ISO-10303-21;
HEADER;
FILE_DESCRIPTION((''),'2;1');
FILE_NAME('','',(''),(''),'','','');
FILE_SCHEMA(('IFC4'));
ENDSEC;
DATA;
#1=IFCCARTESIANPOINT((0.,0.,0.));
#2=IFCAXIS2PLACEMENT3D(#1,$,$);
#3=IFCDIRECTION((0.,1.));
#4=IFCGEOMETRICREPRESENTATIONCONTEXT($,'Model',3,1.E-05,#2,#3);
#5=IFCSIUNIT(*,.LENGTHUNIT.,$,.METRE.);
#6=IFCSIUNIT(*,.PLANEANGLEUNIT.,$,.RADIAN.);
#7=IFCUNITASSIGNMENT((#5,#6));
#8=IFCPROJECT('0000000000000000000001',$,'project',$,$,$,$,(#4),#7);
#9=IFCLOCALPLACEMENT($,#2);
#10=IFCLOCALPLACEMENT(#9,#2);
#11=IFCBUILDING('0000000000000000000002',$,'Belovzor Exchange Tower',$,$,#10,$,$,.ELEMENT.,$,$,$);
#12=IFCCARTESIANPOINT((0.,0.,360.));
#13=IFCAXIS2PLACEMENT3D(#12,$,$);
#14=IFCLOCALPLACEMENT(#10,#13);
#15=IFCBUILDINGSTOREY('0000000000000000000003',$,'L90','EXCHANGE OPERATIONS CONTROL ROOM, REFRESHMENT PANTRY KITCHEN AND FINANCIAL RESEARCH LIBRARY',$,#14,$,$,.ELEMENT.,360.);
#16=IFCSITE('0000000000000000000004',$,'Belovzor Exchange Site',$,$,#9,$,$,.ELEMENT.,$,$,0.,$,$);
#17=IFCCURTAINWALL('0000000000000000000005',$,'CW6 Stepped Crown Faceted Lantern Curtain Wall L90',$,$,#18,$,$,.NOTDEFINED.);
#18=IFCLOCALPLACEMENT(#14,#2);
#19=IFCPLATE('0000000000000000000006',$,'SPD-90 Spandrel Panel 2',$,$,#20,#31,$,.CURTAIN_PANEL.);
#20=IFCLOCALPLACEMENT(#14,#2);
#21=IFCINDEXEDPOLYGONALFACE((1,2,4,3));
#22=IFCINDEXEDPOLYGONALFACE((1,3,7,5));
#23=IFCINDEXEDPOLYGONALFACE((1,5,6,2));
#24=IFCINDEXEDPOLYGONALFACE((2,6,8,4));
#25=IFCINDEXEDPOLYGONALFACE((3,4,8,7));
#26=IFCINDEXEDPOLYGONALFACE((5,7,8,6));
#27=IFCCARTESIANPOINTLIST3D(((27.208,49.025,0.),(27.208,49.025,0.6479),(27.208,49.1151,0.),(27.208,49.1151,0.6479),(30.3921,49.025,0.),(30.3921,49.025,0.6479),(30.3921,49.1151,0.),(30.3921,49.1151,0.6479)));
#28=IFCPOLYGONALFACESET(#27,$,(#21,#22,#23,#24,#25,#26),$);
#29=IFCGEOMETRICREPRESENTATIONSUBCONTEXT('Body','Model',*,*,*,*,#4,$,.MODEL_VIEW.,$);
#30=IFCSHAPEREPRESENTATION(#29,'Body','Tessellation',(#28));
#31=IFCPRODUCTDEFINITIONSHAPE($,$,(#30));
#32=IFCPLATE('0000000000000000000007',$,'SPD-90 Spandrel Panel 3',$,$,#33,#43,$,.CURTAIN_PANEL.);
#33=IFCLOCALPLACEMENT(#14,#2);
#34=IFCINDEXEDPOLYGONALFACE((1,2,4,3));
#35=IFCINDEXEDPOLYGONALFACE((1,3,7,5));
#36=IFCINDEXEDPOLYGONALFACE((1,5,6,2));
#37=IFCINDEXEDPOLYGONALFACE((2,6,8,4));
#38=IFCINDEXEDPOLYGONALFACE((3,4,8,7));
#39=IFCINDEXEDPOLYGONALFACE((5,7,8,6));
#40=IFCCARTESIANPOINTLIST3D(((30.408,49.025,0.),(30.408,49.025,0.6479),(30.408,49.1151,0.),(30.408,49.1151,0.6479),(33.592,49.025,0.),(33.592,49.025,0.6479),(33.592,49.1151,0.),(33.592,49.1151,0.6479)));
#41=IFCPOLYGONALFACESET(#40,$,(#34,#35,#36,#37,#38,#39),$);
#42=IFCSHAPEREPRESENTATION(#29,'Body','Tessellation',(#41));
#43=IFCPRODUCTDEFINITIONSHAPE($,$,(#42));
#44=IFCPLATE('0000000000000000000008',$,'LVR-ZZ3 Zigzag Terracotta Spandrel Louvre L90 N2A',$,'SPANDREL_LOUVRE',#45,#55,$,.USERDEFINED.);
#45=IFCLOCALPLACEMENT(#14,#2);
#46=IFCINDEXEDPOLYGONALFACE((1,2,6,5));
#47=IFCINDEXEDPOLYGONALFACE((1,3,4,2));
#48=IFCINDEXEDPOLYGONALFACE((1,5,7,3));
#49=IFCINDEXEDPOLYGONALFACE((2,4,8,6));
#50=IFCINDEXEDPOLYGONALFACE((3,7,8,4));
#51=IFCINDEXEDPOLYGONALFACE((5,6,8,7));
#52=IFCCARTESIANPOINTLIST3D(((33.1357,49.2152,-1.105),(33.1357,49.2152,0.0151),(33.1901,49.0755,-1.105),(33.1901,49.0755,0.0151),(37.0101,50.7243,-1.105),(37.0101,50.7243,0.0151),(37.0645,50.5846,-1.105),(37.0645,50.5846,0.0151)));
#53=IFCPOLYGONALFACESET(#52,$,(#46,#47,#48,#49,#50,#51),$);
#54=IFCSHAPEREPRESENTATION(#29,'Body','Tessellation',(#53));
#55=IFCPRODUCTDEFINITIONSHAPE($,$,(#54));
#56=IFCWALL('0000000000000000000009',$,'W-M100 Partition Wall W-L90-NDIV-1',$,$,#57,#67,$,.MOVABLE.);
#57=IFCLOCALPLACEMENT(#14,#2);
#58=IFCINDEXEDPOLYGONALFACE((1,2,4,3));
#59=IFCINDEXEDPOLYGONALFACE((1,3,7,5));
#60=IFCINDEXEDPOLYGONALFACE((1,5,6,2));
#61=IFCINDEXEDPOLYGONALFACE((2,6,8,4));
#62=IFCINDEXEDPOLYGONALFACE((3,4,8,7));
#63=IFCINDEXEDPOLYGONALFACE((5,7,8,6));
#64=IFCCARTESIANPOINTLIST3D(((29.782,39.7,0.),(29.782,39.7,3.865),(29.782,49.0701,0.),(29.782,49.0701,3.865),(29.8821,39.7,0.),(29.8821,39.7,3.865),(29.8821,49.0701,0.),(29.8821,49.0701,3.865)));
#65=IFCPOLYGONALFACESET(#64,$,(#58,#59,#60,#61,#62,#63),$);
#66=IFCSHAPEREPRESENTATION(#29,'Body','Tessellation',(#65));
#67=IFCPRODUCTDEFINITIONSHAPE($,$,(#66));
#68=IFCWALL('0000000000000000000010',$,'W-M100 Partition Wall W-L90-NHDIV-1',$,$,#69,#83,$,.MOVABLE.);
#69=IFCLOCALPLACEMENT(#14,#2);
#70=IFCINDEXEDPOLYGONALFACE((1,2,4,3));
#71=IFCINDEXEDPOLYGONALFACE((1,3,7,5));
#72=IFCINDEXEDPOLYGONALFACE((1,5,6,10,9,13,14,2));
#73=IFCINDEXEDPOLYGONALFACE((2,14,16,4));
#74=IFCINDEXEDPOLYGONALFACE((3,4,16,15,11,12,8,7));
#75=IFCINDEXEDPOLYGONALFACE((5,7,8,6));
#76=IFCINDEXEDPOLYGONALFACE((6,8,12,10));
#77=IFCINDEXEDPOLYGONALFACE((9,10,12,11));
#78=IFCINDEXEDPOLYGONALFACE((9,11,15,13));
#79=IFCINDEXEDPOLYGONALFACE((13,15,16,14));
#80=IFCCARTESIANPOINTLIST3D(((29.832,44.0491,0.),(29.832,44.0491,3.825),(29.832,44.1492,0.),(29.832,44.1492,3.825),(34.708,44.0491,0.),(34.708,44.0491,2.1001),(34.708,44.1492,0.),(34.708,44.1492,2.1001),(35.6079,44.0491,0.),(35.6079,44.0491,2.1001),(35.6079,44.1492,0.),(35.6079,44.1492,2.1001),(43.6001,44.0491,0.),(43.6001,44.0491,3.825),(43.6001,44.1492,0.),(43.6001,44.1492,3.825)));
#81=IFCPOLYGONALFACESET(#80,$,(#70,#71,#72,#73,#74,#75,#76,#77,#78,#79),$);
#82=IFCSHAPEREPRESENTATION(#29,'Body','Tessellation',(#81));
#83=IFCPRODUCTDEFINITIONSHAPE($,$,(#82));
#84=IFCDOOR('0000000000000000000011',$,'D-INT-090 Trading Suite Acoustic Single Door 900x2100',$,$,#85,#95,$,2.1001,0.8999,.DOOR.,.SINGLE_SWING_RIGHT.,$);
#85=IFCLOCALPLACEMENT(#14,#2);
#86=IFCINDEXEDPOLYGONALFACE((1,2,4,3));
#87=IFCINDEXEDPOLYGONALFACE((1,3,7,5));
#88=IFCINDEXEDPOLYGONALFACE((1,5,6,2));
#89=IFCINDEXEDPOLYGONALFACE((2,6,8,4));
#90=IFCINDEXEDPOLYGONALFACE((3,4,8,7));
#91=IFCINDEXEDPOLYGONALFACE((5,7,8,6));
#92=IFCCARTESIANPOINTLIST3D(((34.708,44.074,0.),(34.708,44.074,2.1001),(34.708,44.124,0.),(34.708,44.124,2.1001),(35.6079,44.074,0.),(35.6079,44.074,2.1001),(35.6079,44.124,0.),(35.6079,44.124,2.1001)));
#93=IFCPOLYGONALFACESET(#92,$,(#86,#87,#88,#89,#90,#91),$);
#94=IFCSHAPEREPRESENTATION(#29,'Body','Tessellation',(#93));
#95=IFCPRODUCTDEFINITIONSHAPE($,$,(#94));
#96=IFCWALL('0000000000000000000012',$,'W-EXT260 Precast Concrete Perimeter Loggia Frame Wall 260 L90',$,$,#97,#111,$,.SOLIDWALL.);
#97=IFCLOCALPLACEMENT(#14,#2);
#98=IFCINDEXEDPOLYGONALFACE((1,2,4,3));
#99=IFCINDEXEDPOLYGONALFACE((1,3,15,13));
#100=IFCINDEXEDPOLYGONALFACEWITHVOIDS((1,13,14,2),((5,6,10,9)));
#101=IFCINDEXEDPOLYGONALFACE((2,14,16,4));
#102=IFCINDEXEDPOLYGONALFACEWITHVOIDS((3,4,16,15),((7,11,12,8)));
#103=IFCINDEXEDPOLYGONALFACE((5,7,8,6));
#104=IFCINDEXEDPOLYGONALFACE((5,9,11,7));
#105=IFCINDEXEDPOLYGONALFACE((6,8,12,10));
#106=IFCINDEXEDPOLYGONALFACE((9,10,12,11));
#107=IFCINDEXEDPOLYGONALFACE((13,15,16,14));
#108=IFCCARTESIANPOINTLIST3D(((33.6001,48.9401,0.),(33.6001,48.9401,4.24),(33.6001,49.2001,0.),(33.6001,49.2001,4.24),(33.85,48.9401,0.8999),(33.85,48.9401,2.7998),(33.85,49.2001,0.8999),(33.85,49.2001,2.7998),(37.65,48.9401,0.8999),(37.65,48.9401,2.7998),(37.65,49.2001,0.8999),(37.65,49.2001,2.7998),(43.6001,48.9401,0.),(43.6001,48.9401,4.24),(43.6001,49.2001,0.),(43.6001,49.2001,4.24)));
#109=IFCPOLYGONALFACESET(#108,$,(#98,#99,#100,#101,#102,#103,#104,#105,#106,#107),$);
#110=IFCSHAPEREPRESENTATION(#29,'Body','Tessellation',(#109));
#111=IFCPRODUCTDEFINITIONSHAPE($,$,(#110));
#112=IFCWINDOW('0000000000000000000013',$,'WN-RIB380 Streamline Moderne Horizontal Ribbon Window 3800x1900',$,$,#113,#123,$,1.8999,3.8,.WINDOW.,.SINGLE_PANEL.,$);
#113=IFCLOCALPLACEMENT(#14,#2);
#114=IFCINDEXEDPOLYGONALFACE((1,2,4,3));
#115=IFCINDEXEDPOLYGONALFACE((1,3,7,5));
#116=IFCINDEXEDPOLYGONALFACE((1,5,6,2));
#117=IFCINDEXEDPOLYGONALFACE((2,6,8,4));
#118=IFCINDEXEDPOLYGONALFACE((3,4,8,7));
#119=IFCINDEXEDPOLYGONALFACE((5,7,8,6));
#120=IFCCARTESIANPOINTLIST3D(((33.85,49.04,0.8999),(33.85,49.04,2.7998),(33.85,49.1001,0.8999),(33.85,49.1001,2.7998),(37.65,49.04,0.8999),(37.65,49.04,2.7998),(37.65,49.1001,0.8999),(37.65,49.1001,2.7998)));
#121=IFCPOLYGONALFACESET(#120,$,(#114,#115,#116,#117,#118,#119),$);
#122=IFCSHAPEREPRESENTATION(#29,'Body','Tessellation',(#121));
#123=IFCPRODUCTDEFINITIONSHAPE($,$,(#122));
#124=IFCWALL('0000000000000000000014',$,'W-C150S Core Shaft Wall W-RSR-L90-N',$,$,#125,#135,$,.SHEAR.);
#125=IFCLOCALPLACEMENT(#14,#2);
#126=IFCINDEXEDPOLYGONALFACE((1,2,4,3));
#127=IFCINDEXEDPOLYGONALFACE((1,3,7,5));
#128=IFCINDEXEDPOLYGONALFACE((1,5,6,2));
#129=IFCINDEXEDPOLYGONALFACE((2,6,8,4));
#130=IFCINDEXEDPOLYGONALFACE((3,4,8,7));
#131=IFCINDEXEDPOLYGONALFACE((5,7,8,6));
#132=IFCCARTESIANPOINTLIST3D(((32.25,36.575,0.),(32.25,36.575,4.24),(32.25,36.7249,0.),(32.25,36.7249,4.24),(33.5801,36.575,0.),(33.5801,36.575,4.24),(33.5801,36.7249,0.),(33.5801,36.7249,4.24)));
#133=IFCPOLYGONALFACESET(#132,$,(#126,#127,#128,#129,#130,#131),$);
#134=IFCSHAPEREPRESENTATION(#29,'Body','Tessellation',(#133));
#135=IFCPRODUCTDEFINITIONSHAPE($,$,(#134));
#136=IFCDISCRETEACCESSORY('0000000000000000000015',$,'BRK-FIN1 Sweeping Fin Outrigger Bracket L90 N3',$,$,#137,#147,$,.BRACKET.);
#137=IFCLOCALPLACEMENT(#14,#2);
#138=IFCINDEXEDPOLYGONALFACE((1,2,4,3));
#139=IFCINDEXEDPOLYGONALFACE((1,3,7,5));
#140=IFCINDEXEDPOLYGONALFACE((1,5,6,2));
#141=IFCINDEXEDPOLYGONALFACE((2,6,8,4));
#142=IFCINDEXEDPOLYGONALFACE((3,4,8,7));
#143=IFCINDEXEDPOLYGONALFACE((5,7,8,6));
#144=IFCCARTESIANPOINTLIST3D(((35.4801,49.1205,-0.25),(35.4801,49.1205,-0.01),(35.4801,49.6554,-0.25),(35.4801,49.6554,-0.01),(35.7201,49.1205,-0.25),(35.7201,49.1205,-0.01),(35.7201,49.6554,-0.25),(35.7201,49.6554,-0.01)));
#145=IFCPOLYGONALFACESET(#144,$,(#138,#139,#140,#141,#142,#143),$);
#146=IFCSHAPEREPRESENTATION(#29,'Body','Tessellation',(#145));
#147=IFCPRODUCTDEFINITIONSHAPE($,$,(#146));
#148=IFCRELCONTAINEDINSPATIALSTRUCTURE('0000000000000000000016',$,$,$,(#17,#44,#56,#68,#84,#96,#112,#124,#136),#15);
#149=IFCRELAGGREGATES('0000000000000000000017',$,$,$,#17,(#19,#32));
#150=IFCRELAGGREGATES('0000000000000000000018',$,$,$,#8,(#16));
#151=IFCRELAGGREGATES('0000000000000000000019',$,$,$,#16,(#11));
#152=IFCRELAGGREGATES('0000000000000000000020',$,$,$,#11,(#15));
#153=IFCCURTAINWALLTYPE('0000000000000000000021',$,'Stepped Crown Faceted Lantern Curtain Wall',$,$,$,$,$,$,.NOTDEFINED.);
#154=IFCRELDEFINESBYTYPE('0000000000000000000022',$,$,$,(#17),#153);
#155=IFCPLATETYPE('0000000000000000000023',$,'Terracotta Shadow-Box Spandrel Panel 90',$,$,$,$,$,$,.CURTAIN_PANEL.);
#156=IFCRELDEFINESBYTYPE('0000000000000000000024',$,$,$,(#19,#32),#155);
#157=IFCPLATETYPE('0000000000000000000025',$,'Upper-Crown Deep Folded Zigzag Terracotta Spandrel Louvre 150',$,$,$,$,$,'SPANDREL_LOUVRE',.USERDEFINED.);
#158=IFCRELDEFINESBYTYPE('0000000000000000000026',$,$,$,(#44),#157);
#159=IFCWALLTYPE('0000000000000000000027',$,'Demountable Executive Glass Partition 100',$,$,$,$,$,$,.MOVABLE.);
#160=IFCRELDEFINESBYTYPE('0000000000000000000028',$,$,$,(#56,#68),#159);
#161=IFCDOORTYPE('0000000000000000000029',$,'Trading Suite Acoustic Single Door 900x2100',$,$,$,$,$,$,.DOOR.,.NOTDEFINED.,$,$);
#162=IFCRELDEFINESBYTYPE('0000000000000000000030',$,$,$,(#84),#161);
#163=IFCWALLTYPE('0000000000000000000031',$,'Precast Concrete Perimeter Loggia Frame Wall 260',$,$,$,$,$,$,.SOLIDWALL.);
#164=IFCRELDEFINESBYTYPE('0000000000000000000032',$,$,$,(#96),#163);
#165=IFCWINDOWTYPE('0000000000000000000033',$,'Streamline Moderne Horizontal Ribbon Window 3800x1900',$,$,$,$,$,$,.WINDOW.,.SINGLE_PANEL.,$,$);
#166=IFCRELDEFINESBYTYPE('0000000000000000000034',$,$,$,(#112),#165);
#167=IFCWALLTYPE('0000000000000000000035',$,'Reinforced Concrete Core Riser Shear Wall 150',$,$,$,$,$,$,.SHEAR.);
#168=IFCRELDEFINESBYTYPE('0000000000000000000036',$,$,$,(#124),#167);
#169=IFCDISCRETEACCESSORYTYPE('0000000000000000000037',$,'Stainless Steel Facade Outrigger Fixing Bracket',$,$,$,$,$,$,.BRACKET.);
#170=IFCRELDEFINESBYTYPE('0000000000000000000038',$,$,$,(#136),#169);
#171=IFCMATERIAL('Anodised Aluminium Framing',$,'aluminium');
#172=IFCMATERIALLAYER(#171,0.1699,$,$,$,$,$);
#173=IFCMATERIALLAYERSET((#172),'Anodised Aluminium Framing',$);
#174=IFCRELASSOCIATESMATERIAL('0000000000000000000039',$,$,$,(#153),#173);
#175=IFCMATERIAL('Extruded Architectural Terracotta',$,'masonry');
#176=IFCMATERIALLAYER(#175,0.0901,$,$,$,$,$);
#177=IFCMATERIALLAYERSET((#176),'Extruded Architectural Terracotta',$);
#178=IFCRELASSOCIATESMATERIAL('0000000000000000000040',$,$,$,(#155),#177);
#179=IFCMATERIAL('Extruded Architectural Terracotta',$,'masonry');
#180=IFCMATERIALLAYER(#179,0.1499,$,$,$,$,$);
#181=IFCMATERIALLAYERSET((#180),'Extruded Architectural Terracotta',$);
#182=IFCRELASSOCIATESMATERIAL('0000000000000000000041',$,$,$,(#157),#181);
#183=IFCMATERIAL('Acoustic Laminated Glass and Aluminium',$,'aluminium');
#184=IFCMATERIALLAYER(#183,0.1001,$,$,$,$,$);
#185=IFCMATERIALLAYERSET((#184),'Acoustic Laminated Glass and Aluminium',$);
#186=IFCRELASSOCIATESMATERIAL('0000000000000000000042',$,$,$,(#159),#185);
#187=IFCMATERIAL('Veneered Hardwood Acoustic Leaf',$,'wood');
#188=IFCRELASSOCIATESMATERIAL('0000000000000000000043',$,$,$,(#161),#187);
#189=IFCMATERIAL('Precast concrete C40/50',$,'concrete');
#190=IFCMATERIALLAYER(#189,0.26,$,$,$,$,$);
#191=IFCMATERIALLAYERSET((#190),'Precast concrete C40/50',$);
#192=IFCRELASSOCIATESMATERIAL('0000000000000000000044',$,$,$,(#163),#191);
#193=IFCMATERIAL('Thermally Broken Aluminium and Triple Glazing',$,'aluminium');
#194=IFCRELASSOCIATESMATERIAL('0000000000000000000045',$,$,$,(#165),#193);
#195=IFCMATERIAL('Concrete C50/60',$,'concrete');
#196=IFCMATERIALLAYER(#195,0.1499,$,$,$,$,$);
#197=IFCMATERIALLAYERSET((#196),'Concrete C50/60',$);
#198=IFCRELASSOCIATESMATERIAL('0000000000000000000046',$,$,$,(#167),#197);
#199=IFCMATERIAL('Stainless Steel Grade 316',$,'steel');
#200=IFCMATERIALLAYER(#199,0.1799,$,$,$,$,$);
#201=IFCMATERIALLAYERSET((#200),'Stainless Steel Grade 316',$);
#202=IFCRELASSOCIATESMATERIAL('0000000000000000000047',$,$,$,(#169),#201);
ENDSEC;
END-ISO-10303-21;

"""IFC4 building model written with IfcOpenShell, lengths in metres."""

from ifc_helpers import new_model, si_unit, direction, frame, frame_2d, origin, origin_2d, place, context, subcontext, project, spatial, rectangle, extrude, material, layer, layer_set, type_object, element, fill, aggregate, save


model = new_model("IFC4")

# Units and contexts
model_context = context("Model", 3, precision=1e-05, world=origin(), true_north=direction((0.0, 1.0)))
body_context = subcontext(model_context, "Body", "Model", "MODEL_VIEW")
ifc_project = project(units=[si_unit("LENGTHUNIT", "METRE"), si_unit("PLANEANGLEUNIT", "RADIAN")], contexts=[model_context])

# Site, building, storey
site_placement = place(None, origin())
site = spatial("IfcSite", under=ifc_project, at=site_placement, Name="Belovzor Exchange Site", CompositionType="ELEMENT", RefElevation=0.0)
building_placement = place(site_placement, origin())
building = spatial("IfcBuilding", under=site, at=building_placement, Name="Belovzor Exchange Tower", CompositionType="ELEMENT")
storey_placement = place(building_placement, frame((0.0, 0.0, 360.0)))
storey = spatial("IfcBuildingStorey", under=building, at=storey_placement, Name="L90", Description="EXCHANGE OPERATIONS CONTROL ROOM, REFRESHMENT PANTRY KITCHEN AND FINANCIAL RESEARCH LIBRARY", CompositionType="ELEMENT", Elevation=360.0)

# Curtain wall
ifc_material_1 = material(Name="Anodised Aluminium Framing", Category="aluminium")
ifc_layer_1 = layer(ifc_material_1, 0.1699)
ifc_layer_set_1 = layer_set([ifc_layer_1], Name="Anodised Aluminium Framing")
curtain_wall_type = type_object("IfcCurtainWallType", Name="Stepped Crown Faceted Lantern Curtain Wall", PredefinedType="NOTDEFINED", material=ifc_layer_set_1)
curtain_wall_placement = place(storey_placement, origin())
curtain_wall = element("IfcCurtainWall", 1, at=curtain_wall_placement, inside=storey, type_object=curtain_wall_type, Name="CW6 Stepped Crown Faceted Lantern Curtain Wall L90", PredefinedType="NOTDEFINED")

# Plates
ifc_material_2 = material(Name="Extruded Architectural Terracotta", Category="masonry")
ifc_layer_2 = layer(ifc_material_2, 0.0901)
ifc_layer_set_2 = layer_set([ifc_layer_2], Name="Extruded Architectural Terracotta")
plate_type_1 = type_object("IfcPlateType", Name="Terracotta Shadow-Box Spandrel Panel 90", PredefinedType="CURTAIN_PANEL", material=ifc_layer_set_2)
plate_1_placement = place(storey_placement, frame((28.8, 49.0701, 0.0), z_axis=(0.0, 0.0, 1.0), x_axis=(1.0, 0.0, 0.0)))
plate_1 = element("IfcPlate", 2, at=plate_1_placement, type_object=plate_type_1, Name="SPD-90 Spandrel Panel 2", PredefinedType="CURTAIN_PANEL", context=body_context, shape_type="SweptSolid", body=[
    extrude(rectangle(XDim=3.1841, YDim=0.0901, at=origin_2d()), origin(), (0.0, 0.0, 1.0), 0.6479),
])
plate_2_placement = place(storey_placement, frame((32.0, 49.0701, 0.0), z_axis=(0.0, 0.0, 1.0), x_axis=(1.0, 0.0, 0.0)))
plate_2 = element("IfcPlate", 3, at=plate_2_placement, type_object=plate_type_1, Name="SPD-90 Spandrel Panel 3", PredefinedType="CURTAIN_PANEL", context=body_context, shape_type="SweptSolid", body=[
    extrude(rectangle(XDim=3.1841, YDim=0.0901, at=origin_2d()), origin(), (0.0, 0.0, 1.0), 0.6479),
])
aggregate(curtain_wall, [plate_1, plate_2])
ifc_material_3 = material(Name="Extruded Architectural Terracotta", Category="masonry")
ifc_layer_3 = layer(ifc_material_3, 0.1499)
ifc_layer_set_3 = layer_set([ifc_layer_3], Name="Extruded Architectural Terracotta")
plate_type_2 = type_object("IfcPlateType", Name="Upper-Crown Deep Folded Zigzag Terracotta Spandrel Louvre 150", ElementType="SPANDREL_LOUVRE", PredefinedType="USERDEFINED", material=ifc_layer_set_3)
plate_3_placement = place(storey_placement, frame((35.1001, 49.8999, -1.105), z_axis=(0.0, 0.0, 1.0), x_axis=(0.931818, 0.362926, 0.0)))
element("IfcPlate", 4, at=plate_3_placement, inside=storey, type_object=plate_type_2, Name="LVR-ZZ3 Zigzag Terracotta Spandrel Louvre L90 N2A", ObjectType="SPANDREL_LOUVRE", PredefinedType="USERDEFINED", context=body_context, shape_type="SweptSolid", body=[
    extrude(rectangle(XDim=4.158, YDim=0.1499, at=origin_2d()), origin(), (0.0, 0.0, 1.0), 1.1201),
])

# Wall
ifc_material_4 = material(Name="Acoustic Laminated Glass and Aluminium", Category="aluminium")
ifc_layer_4 = layer(ifc_material_4, 0.1001)
ifc_layer_set_4 = layer_set([ifc_layer_4], Name="Acoustic Laminated Glass and Aluminium")
wall_type_1 = type_object("IfcWallType", Name="Demountable Executive Glass Partition 100", PredefinedType="MOVABLE", material=ifc_layer_set_4)
wall_1_placement = place(storey_placement, frame((29.832, 39.7, 0.0), z_axis=(0.0, 0.0, 1.0), x_axis=(0.0, 1.0, 0.0)))
element("IfcWall", 5, at=wall_1_placement, inside=storey, type_object=wall_type_1, Name="W-M100 Partition Wall W-L90-NDIV-1", PredefinedType="MOVABLE", context=body_context, shape_type="SweptSolid", body=[
    extrude(rectangle(XDim=9.3701, YDim=0.1001, at=frame_2d((4.6851, 0.0))), origin(), (0.0, 0.0, 1.0), 3.865),
])

# Wall, opening, door
wall_2_placement = place(storey_placement, frame((29.832, 44.0991, 0.0), z_axis=(0.0, 0.0, 1.0), x_axis=(1.0, 0.0, 0.0)))
wall_2 = element("IfcWall", 6, at=wall_2_placement, inside=storey, type_object=wall_type_1, Name="W-M100 Partition Wall W-L90-NHDIV-1", PredefinedType="MOVABLE", context=body_context, shape_type="SweptSolid", body=[
    extrude(rectangle(XDim=13.7681, YDim=0.1001, at=frame_2d((6.884, 0.0))), origin(), (0.0, 0.0, 1.0), 3.825),
])
opening_1_placement = place(wall_2_placement, frame((4.876, 0.0, 0.0)))
opening_1 = element("IfcOpeningElement", 7, at=opening_1_placement, cuts=wall_2, PredefinedType="OPENING", context=body_context, shape_type="SweptSolid", body=[
    extrude(rectangle(XDim=0.8999, YDim=2.1001, at=frame_2d((0.45, 1.05))), frame((0.0, 0.0601, 0.0), z_axis=(0.0, -1.0, 0.0), x_axis=(1.0, 0.0, 0.0)), (0.0, 0.0, 1.0), 0.1201),
])
ifc_material_5 = material(Name="Veneered Hardwood Acoustic Leaf", Category="wood")
door_type = type_object("IfcDoorType", Name="Trading Suite Acoustic Single Door 900x2100", OperationType="NOTDEFINED", PredefinedType="DOOR", material=ifc_material_5)
door_placement = place(opening_1_placement, origin())
door = element("IfcDoor", 8, at=door_placement, inside=storey, type_object=door_type, Name="D-INT-090 Trading Suite Acoustic Single Door 900x2100", OperationType="SINGLE_SWING_RIGHT", OverallHeight=2.1001, OverallWidth=0.8999, PredefinedType="DOOR", context=body_context, shape_type="SweptSolid", body=[
    extrude(rectangle(XDim=0.8999, YDim=2.1001, at=frame_2d((0.45, 1.05))), frame((0.0, 0.0249, 0.0), z_axis=(0.0, -1.0, 0.0), x_axis=(1.0, 0.0, 0.0)), (0.0, 0.0, 1.0), 0.05),
])
fill(opening_1, door)

# Wall, opening, window
ifc_material_6 = material(Name="Precast concrete C40/50", Category="concrete")
ifc_layer_5 = layer(ifc_material_6, 0.26)
ifc_layer_set_5 = layer_set([ifc_layer_5], Name="Precast concrete C40/50")
wall_type_2 = type_object("IfcWallType", Name="Precast Concrete Perimeter Loggia Frame Wall 260", PredefinedType="SOLIDWALL", material=ifc_layer_set_5)
wall_3_placement = place(storey_placement, frame((33.6001, 49.0701, 0.0), z_axis=(0.0, 0.0, 1.0), x_axis=(1.0, 0.0, 0.0)))
wall_3 = element("IfcWall", 9, at=wall_3_placement, inside=storey, type_object=wall_type_2, Name="W-EXT260 Precast Concrete Perimeter Loggia Frame Wall 260 L90", PredefinedType="SOLIDWALL", context=body_context, shape_type="SweptSolid", body=[
    extrude(rectangle(XDim=10.0, YDim=0.26, at=frame_2d((5.0, 0.0))), origin(), (0.0, 0.0, 1.0), 4.24),
])
opening_2_placement = place(wall_3_placement, frame((0.25, 0.0, 0.8999)))
opening_2 = element("IfcOpeningElement", 10, at=opening_2_placement, cuts=wall_3, PredefinedType="OPENING", context=body_context, shape_type="SweptSolid", body=[
    extrude(rectangle(XDim=3.8, YDim=1.8999, at=frame_2d((1.8999, 0.95))), frame((0.0, 0.1399, 0.0), z_axis=(0.0, -1.0, 0.0), x_axis=(1.0, 0.0, 0.0)), (0.0, 0.0, 1.0), 0.28),
])
ifc_material_7 = material(Name="Thermally Broken Aluminium and Triple Glazing", Category="aluminium")
window_type = type_object("IfcWindowType", Name="Streamline Moderne Horizontal Ribbon Window 3800x1900", PartitioningType="SINGLE_PANEL", PredefinedType="WINDOW", material=ifc_material_7)
window_placement = place(opening_2_placement, origin())
window = element("IfcWindow", 11, at=window_placement, inside=storey, type_object=window_type, Name="WN-RIB380 Streamline Moderne Horizontal Ribbon Window 3800x1900", OverallHeight=1.8999, OverallWidth=3.8, PartitioningType="SINGLE_PANEL", PredefinedType="WINDOW", context=body_context, shape_type="SweptSolid", body=[
    extrude(rectangle(XDim=3.8, YDim=1.8999, at=frame_2d((1.8999, 0.95))), frame((0.0, 0.03, 0.0), z_axis=(0.0, -1.0, 0.0), x_axis=(1.0, 0.0, 0.0)), (0.0, 0.0, 1.0), 0.0601),
])
fill(opening_2, window)

# Wall
ifc_material_8 = material(Name="Concrete C50/60", Category="concrete")
ifc_layer_6 = layer(ifc_material_8, 0.1499)
ifc_layer_set_6 = layer_set([ifc_layer_6], Name="Concrete C50/60")
wall_type_3 = type_object("IfcWallType", Name="Reinforced Concrete Core Riser Shear Wall 150", PredefinedType="SHEAR", material=ifc_layer_set_6)
wall_4_placement = place(storey_placement, frame((32.25, 36.6499, 0.0), z_axis=(0.0, 0.0, 1.0), x_axis=(1.0, 0.0, 0.0)))
element("IfcWall", 12, at=wall_4_placement, inside=storey, type_object=wall_type_3, Name="W-C150S Core Shaft Wall W-RSR-L90-N", PredefinedType="SHEAR", context=body_context, shape_type="SweptSolid", body=[
    extrude(rectangle(XDim=1.3301, YDim=0.1499, at=frame_2d((0.665, 0.0))), origin(), (0.0, 0.0, 1.0), 4.24),
])

# Discrete accessory
ifc_material_9 = material(Name="Stainless Steel Grade 316", Category="steel")
ifc_layer_7 = layer(ifc_material_9, 0.1799)
ifc_layer_set_7 = layer_set([ifc_layer_7], Name="Stainless Steel Grade 316")
discrete_accessory_type = type_object("IfcDiscreteAccessoryType", Name="Stainless Steel Facade Outrigger Fixing Bracket", PredefinedType="BRACKET", material=ifc_layer_set_7)
discrete_accessory_placement = place(storey_placement, frame((35.6001, 49.3879, -0.25), z_axis=(0.0, 0.0, 1.0), x_axis=(0.0, 1.0, 0.0)))
element("IfcDiscreteAccessory", 13, at=discrete_accessory_placement, inside=storey, type_object=discrete_accessory_type, Name="BRK-FIN1 Sweeping Fin Outrigger Bracket L90 N3", PredefinedType="BRACKET", context=body_context, shape_type="SweptSolid", body=[
    extrude(rectangle(XDim=0.5349, YDim=0.24, at=origin_2d()), origin(), (0.0, 0.0, 1.0), 0.24),
])

save(model, "model.ifc")
